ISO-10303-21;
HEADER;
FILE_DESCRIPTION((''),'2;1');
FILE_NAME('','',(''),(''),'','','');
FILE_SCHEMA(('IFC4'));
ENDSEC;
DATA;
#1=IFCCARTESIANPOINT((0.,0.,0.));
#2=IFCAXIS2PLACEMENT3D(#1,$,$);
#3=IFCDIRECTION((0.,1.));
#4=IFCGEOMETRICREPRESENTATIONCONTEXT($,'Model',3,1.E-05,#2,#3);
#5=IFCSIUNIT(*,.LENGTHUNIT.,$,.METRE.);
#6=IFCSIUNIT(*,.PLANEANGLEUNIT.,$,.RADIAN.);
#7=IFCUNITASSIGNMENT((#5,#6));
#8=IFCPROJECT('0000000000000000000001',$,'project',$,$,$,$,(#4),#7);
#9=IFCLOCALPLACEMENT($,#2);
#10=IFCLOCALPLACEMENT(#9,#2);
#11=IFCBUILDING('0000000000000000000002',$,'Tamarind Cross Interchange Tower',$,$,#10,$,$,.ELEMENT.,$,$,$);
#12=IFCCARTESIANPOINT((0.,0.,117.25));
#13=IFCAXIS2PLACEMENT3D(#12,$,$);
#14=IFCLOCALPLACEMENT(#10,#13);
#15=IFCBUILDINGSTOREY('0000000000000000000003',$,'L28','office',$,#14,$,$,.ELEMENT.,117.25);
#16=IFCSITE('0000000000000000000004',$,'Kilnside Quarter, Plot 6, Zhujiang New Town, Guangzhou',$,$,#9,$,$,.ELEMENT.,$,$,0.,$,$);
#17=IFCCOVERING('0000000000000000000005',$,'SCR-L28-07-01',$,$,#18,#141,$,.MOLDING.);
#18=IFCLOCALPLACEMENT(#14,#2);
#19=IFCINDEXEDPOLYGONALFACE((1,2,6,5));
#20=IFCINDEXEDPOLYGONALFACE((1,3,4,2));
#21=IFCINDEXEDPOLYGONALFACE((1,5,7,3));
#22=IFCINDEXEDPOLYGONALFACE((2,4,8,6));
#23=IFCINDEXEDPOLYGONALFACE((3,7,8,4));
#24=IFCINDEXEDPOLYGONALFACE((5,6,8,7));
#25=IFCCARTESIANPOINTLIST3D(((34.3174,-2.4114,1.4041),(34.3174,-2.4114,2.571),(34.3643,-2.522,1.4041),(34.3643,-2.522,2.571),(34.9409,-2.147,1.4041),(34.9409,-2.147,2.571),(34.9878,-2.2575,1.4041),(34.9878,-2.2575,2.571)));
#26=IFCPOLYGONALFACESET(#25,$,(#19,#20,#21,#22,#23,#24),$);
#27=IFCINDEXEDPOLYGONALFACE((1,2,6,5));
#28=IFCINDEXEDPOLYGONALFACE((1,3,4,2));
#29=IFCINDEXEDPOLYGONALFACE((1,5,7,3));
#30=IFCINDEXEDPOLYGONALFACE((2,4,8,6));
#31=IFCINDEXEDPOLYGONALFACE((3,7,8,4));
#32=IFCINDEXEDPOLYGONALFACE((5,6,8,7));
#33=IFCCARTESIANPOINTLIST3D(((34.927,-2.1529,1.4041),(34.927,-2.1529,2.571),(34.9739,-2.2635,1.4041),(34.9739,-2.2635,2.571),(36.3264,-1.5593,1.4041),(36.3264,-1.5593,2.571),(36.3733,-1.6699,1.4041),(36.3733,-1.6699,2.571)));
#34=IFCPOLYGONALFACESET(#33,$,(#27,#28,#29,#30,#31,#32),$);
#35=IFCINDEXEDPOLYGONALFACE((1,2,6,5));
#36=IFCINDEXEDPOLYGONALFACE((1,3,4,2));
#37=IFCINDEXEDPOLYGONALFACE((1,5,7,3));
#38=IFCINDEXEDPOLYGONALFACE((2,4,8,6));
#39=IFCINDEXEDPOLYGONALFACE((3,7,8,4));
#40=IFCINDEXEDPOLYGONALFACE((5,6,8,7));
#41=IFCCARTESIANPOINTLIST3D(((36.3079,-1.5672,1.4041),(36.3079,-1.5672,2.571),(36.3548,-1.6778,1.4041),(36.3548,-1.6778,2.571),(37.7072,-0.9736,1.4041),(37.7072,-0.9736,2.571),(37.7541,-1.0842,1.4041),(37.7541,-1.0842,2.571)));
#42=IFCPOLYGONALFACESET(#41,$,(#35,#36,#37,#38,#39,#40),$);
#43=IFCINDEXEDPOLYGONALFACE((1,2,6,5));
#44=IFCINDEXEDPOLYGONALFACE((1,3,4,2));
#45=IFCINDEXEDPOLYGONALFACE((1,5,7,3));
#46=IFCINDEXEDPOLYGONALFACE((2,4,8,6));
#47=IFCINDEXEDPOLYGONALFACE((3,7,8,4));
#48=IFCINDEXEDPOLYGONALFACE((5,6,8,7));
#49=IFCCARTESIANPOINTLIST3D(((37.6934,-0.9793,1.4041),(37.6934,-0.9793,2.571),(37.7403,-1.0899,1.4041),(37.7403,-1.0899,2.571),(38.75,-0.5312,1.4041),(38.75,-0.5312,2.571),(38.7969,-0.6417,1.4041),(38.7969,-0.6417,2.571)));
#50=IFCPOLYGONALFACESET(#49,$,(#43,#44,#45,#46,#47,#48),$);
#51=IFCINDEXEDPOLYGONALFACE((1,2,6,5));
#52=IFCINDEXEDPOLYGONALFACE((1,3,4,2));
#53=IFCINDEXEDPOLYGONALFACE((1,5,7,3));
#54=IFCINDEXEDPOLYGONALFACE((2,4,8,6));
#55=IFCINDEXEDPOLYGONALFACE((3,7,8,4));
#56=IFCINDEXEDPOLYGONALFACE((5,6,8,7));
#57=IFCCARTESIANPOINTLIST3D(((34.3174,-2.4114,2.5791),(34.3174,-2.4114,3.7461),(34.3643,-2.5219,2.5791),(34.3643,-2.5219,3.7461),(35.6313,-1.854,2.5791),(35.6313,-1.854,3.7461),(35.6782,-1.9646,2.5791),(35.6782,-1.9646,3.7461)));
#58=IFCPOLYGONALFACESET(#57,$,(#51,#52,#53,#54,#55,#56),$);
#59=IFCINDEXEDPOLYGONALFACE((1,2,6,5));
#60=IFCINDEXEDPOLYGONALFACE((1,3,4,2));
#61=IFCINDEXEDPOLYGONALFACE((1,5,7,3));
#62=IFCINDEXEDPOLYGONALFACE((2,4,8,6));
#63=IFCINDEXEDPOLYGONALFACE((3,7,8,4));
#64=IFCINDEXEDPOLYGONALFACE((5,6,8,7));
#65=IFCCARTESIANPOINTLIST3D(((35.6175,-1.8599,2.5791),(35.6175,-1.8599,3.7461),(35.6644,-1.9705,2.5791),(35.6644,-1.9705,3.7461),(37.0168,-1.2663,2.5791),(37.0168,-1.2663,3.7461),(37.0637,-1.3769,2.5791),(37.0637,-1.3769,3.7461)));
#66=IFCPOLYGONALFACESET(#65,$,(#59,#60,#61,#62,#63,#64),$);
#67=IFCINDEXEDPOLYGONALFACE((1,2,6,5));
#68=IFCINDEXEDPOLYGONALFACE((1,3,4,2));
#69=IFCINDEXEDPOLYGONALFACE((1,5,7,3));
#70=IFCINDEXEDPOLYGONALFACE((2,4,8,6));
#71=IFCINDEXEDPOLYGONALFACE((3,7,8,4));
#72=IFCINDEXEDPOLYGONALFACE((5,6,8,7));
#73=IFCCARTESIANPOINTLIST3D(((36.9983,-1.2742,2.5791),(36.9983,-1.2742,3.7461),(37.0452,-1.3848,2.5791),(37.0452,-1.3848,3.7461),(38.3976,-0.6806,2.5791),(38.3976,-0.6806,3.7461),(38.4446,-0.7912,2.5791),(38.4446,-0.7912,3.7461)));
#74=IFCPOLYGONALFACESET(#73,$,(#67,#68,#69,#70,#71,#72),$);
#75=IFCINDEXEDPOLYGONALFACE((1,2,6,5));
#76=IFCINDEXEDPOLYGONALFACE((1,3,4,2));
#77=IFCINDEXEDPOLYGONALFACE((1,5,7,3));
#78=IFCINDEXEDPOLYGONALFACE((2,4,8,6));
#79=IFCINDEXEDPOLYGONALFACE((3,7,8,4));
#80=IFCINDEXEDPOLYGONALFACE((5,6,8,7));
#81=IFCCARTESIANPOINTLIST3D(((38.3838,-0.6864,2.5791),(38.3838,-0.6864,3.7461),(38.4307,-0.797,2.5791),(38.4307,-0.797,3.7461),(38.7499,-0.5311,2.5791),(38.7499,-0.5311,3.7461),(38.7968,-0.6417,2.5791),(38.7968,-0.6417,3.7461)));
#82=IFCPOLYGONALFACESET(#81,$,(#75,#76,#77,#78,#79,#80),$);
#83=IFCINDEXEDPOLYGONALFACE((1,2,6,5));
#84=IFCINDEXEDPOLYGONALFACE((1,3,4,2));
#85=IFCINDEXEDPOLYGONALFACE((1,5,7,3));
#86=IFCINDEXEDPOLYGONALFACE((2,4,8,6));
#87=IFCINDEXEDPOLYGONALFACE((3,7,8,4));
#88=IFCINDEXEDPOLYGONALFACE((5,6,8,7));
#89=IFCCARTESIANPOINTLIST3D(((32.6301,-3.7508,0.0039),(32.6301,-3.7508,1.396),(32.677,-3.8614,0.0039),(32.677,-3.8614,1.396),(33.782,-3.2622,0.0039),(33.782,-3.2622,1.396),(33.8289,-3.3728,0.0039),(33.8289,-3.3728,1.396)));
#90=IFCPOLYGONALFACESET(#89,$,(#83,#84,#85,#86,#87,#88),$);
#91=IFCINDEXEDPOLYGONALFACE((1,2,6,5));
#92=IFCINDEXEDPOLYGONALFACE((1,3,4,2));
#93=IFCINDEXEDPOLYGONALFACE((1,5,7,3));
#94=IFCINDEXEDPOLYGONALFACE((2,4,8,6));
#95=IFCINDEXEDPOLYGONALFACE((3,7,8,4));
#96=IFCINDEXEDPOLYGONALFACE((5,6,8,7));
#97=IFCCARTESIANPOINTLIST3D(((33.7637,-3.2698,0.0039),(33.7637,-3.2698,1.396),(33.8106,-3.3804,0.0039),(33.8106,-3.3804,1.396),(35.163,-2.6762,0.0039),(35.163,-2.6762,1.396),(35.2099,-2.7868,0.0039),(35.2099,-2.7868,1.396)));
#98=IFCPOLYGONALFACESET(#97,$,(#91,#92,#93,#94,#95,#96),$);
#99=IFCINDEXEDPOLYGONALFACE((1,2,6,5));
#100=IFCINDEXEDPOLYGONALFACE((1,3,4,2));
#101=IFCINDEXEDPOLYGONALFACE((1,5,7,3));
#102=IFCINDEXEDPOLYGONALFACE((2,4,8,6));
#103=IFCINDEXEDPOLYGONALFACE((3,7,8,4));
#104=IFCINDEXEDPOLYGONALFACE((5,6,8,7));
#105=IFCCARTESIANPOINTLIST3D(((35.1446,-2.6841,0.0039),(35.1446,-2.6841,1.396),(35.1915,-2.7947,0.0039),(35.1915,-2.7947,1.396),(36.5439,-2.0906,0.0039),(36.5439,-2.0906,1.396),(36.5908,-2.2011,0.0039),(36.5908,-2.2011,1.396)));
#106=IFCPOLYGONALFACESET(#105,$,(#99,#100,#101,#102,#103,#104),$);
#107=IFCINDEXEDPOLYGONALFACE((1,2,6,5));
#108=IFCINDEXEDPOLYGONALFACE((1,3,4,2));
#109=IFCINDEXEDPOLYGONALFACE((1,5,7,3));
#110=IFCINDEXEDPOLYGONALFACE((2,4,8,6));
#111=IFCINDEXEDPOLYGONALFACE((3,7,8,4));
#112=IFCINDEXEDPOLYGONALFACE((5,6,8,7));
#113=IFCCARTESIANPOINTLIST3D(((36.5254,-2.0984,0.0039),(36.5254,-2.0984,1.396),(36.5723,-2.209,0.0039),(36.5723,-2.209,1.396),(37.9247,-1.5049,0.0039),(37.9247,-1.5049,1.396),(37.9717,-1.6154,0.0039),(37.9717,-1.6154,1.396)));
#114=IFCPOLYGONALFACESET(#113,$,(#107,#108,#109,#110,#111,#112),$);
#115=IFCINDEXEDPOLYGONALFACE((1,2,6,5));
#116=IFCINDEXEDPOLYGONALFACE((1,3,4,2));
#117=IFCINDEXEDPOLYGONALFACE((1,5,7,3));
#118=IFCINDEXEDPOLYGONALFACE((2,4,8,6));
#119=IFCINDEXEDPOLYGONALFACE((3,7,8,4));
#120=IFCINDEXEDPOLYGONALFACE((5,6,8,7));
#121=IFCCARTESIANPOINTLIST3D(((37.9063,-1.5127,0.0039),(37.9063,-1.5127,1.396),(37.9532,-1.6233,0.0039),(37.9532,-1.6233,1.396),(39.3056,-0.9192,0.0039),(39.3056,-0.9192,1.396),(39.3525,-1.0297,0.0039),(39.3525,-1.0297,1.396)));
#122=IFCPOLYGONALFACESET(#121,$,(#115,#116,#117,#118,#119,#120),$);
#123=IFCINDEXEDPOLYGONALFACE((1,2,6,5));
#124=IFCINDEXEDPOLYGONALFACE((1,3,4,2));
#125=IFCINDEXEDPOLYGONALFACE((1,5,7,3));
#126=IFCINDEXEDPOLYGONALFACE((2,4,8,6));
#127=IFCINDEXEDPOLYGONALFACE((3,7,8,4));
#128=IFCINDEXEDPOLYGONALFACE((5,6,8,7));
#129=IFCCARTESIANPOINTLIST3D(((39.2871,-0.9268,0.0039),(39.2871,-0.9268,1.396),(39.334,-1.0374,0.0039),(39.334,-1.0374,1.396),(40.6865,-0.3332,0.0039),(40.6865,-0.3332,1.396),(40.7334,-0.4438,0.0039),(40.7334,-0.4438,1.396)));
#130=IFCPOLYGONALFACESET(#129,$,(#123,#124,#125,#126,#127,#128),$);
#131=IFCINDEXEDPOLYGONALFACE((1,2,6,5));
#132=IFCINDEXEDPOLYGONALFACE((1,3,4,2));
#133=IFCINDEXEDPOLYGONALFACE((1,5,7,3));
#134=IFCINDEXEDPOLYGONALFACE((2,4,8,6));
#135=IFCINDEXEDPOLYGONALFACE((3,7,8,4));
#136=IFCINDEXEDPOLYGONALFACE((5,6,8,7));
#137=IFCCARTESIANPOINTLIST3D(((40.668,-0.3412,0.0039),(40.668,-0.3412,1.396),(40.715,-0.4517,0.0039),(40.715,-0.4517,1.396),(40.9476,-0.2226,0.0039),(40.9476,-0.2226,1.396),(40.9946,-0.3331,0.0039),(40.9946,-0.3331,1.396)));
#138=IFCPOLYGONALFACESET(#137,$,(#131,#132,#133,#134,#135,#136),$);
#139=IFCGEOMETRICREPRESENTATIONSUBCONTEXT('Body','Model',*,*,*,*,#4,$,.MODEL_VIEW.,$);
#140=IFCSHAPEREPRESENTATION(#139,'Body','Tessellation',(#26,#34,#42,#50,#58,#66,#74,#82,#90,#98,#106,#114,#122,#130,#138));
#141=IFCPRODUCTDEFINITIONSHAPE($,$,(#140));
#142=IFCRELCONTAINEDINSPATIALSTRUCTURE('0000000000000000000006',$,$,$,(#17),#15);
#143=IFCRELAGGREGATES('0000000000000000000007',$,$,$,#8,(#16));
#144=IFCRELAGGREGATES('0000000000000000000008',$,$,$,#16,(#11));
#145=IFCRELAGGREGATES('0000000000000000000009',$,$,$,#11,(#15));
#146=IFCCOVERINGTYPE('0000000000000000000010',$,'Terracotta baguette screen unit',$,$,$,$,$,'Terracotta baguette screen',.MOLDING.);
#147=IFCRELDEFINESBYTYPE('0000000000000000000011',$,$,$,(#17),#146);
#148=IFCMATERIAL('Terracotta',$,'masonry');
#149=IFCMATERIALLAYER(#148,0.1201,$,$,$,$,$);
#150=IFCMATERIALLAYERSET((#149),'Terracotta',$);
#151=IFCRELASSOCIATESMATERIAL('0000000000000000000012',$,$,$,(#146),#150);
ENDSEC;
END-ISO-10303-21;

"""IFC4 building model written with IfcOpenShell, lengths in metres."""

from ifc_helpers import new_model, si_unit, direction, frame, origin, origin_2d, place, context, subcontext, project, spatial, rectangle, extrude, material, layer, layer_set, type_object, element, save


model = new_model("IFC4")

# Units and contexts
model_context = context("Model", 3, precision=1e-05, world=origin(), true_north=direction((0.0, 1.0)))
body_context = subcontext(model_context, "Body", "Model", "MODEL_VIEW")
ifc_project = project(units=[si_unit("LENGTHUNIT", "METRE"), si_unit("PLANEANGLEUNIT", "RADIAN")], contexts=[model_context])

# Site, building, storey
site_placement = place(None, origin())
site = spatial("IfcSite", under=ifc_project, at=site_placement, Name="Kilnside Quarter, Plot 6, Zhujiang New Town, Guangzhou", CompositionType="ELEMENT", RefElevation=0.0)
building_placement = place(site_placement, origin())
building = spatial("IfcBuilding", under=site, at=building_placement, Name="Tamarind Cross Interchange Tower", CompositionType="ELEMENT")
storey_placement = place(building_placement, frame((0.0, 0.0, 117.25)))
storey = spatial("IfcBuildingStorey", under=building, at=storey_placement, Name="L28", Description="office", CompositionType="ELEMENT", Elevation=117.25)

# Covering
ifc_material_1 = material(Name="Terracotta", Category="masonry")
ifc_layer_1 = layer(ifc_material_1, 0.1201)
ifc_layer_set_1 = layer_set([ifc_layer_1], Name="Terracotta")
covering_type = type_object("IfcCoveringType", Name="Terracotta baguette screen unit", ElementType="Terracotta baguette screen", PredefinedType="MOLDING", material=ifc_layer_set_1)
covering_1_placement = place(storey_placement, origin())
element("IfcCovering", 1, at=covering_1_placement, inside=storey, type_object=covering_type, Name="SCR-L28-07-01", PredefinedType="MOLDING", context=body_context, shape_type="SweptSolid", body=[
    extrude(rectangle(XDim=0.6772, YDim=0.1201, at=origin_2d()), frame((34.6526, -2.3345, 1.4041), z_axis=(0.0, 0.0, 1.0), x_axis=(0.920603, 0.3905, 0.0)), (0.0, 0.0, 1.0), 1.167),
    extrude(rectangle(XDim=1.52, YDim=0.1201, at=origin_2d()), frame((35.6501, -1.9114, 1.4041), z_axis=(0.0, 0.0, 1.0), x_axis=(0.920603, 0.3905, 0.0)), (0.0, 0.0, 1.0), 1.167),
    extrude(rectangle(XDim=1.52, YDim=0.1201, at=origin_2d()), frame((37.031, -1.3257, 1.4041), z_axis=(0.0, 0.0, 1.0), x_axis=(0.920603, 0.3905, 0.0)), (0.0, 0.0, 1.0), 1.167),
    extrude(rectangle(XDim=1.1477, YDim=0.1201, at=origin_2d()), frame((38.2451, -0.8105, 1.4041), z_axis=(0.0, 0.0, 1.0), x_axis=(0.920603, 0.3905, 0.0)), (0.0, 0.0, 1.0), 1.167),
    extrude(rectangle(XDim=1.4272, YDim=0.1201, at=origin_2d()), frame((34.9978, -2.188, 2.5791), z_axis=(0.0, 0.0, 1.0), x_axis=(0.920603, 0.3905, 0.0)), (0.0, 0.0, 1.0), 1.167),
    extrude(rectangle(XDim=1.52, YDim=0.1201, at=origin_2d()), frame((36.3406, -1.6184, 2.5791), z_axis=(0.0, 0.0, 1.0), x_axis=(0.920603, 0.3905, 0.0)), (0.0, 0.0, 1.0), 1.167),
    extrude(rectangle(XDim=1.52, YDim=0.1201, at=origin_2d()), frame((37.7214, -1.0327, 2.5791), z_axis=(0.0, 0.0, 1.0), x_axis=(0.920603, 0.3905, 0.0)), (0.0, 0.0, 1.0), 1.167),
    extrude(rectangle(XDim=0.3977, YDim=0.1201, at=origin_2d()), frame((38.5903, -0.6641, 2.5791), z_axis=(0.0, 0.0, 1.0), x_axis=(0.920603, 0.3905, 0.0)), (0.0, 0.0, 1.0), 1.167),
    extrude(rectangle(XDim=1.2512, YDim=0.1201, at=origin_2d()), frame((33.2295, -3.5618, 0.0039), z_axis=(0.0, 0.0, 1.0), x_axis=(0.920603, 0.3905, 0.0)), (0.0, 0.0, 1.0), 1.3921),
    extrude(rectangle(XDim=1.52, YDim=0.1201, at=origin_2d()), frame((34.4868, -3.0283, 0.0039), z_axis=(0.0, 0.0, 1.0), x_axis=(0.920603, 0.3905, 0.0)), (0.0, 0.0, 1.0), 1.3921),
    extrude(rectangle(XDim=1.52, YDim=0.1201, at=origin_2d()), frame((35.8677, -2.4426, 0.0039), z_axis=(0.0, 0.0, 1.0), x_axis=(0.920603, 0.3905, 0.0)), (0.0, 0.0, 1.0), 1.3921),
    extrude(rectangle(XDim=1.52, YDim=0.1201, at=origin_2d()), frame((37.2485, -1.8569, 0.0039), z_axis=(0.0, 0.0, 1.0), x_axis=(0.920603, 0.3905, 0.0)), (0.0, 0.0, 1.0), 1.3921),
    extrude(rectangle(XDim=1.52, YDim=0.1201, at=origin_2d()), frame((38.6294, -1.2712, 0.0039), z_axis=(0.0, 0.0, 1.0), x_axis=(0.920603, 0.3905, 0.0)), (0.0, 0.0, 1.0), 1.3921),
    extrude(rectangle(XDim=1.52, YDim=0.1201, at=origin_2d()), frame((40.0103, -0.6853, 0.0039), z_axis=(0.0, 0.0, 1.0), x_axis=(0.920603, 0.3905, 0.0)), (0.0, 0.0, 1.0), 1.3921),
    extrude(rectangle(XDim=0.3037, YDim=0.1201, at=origin_2d()), frame((40.8313, -0.3372, 0.0039), z_axis=(0.0, 0.0, 1.0), x_axis=(0.920603, 0.3905, 0.0)), (0.0, 0.0, 1.0), 1.3921),
])

save(model, "model.ifc")
